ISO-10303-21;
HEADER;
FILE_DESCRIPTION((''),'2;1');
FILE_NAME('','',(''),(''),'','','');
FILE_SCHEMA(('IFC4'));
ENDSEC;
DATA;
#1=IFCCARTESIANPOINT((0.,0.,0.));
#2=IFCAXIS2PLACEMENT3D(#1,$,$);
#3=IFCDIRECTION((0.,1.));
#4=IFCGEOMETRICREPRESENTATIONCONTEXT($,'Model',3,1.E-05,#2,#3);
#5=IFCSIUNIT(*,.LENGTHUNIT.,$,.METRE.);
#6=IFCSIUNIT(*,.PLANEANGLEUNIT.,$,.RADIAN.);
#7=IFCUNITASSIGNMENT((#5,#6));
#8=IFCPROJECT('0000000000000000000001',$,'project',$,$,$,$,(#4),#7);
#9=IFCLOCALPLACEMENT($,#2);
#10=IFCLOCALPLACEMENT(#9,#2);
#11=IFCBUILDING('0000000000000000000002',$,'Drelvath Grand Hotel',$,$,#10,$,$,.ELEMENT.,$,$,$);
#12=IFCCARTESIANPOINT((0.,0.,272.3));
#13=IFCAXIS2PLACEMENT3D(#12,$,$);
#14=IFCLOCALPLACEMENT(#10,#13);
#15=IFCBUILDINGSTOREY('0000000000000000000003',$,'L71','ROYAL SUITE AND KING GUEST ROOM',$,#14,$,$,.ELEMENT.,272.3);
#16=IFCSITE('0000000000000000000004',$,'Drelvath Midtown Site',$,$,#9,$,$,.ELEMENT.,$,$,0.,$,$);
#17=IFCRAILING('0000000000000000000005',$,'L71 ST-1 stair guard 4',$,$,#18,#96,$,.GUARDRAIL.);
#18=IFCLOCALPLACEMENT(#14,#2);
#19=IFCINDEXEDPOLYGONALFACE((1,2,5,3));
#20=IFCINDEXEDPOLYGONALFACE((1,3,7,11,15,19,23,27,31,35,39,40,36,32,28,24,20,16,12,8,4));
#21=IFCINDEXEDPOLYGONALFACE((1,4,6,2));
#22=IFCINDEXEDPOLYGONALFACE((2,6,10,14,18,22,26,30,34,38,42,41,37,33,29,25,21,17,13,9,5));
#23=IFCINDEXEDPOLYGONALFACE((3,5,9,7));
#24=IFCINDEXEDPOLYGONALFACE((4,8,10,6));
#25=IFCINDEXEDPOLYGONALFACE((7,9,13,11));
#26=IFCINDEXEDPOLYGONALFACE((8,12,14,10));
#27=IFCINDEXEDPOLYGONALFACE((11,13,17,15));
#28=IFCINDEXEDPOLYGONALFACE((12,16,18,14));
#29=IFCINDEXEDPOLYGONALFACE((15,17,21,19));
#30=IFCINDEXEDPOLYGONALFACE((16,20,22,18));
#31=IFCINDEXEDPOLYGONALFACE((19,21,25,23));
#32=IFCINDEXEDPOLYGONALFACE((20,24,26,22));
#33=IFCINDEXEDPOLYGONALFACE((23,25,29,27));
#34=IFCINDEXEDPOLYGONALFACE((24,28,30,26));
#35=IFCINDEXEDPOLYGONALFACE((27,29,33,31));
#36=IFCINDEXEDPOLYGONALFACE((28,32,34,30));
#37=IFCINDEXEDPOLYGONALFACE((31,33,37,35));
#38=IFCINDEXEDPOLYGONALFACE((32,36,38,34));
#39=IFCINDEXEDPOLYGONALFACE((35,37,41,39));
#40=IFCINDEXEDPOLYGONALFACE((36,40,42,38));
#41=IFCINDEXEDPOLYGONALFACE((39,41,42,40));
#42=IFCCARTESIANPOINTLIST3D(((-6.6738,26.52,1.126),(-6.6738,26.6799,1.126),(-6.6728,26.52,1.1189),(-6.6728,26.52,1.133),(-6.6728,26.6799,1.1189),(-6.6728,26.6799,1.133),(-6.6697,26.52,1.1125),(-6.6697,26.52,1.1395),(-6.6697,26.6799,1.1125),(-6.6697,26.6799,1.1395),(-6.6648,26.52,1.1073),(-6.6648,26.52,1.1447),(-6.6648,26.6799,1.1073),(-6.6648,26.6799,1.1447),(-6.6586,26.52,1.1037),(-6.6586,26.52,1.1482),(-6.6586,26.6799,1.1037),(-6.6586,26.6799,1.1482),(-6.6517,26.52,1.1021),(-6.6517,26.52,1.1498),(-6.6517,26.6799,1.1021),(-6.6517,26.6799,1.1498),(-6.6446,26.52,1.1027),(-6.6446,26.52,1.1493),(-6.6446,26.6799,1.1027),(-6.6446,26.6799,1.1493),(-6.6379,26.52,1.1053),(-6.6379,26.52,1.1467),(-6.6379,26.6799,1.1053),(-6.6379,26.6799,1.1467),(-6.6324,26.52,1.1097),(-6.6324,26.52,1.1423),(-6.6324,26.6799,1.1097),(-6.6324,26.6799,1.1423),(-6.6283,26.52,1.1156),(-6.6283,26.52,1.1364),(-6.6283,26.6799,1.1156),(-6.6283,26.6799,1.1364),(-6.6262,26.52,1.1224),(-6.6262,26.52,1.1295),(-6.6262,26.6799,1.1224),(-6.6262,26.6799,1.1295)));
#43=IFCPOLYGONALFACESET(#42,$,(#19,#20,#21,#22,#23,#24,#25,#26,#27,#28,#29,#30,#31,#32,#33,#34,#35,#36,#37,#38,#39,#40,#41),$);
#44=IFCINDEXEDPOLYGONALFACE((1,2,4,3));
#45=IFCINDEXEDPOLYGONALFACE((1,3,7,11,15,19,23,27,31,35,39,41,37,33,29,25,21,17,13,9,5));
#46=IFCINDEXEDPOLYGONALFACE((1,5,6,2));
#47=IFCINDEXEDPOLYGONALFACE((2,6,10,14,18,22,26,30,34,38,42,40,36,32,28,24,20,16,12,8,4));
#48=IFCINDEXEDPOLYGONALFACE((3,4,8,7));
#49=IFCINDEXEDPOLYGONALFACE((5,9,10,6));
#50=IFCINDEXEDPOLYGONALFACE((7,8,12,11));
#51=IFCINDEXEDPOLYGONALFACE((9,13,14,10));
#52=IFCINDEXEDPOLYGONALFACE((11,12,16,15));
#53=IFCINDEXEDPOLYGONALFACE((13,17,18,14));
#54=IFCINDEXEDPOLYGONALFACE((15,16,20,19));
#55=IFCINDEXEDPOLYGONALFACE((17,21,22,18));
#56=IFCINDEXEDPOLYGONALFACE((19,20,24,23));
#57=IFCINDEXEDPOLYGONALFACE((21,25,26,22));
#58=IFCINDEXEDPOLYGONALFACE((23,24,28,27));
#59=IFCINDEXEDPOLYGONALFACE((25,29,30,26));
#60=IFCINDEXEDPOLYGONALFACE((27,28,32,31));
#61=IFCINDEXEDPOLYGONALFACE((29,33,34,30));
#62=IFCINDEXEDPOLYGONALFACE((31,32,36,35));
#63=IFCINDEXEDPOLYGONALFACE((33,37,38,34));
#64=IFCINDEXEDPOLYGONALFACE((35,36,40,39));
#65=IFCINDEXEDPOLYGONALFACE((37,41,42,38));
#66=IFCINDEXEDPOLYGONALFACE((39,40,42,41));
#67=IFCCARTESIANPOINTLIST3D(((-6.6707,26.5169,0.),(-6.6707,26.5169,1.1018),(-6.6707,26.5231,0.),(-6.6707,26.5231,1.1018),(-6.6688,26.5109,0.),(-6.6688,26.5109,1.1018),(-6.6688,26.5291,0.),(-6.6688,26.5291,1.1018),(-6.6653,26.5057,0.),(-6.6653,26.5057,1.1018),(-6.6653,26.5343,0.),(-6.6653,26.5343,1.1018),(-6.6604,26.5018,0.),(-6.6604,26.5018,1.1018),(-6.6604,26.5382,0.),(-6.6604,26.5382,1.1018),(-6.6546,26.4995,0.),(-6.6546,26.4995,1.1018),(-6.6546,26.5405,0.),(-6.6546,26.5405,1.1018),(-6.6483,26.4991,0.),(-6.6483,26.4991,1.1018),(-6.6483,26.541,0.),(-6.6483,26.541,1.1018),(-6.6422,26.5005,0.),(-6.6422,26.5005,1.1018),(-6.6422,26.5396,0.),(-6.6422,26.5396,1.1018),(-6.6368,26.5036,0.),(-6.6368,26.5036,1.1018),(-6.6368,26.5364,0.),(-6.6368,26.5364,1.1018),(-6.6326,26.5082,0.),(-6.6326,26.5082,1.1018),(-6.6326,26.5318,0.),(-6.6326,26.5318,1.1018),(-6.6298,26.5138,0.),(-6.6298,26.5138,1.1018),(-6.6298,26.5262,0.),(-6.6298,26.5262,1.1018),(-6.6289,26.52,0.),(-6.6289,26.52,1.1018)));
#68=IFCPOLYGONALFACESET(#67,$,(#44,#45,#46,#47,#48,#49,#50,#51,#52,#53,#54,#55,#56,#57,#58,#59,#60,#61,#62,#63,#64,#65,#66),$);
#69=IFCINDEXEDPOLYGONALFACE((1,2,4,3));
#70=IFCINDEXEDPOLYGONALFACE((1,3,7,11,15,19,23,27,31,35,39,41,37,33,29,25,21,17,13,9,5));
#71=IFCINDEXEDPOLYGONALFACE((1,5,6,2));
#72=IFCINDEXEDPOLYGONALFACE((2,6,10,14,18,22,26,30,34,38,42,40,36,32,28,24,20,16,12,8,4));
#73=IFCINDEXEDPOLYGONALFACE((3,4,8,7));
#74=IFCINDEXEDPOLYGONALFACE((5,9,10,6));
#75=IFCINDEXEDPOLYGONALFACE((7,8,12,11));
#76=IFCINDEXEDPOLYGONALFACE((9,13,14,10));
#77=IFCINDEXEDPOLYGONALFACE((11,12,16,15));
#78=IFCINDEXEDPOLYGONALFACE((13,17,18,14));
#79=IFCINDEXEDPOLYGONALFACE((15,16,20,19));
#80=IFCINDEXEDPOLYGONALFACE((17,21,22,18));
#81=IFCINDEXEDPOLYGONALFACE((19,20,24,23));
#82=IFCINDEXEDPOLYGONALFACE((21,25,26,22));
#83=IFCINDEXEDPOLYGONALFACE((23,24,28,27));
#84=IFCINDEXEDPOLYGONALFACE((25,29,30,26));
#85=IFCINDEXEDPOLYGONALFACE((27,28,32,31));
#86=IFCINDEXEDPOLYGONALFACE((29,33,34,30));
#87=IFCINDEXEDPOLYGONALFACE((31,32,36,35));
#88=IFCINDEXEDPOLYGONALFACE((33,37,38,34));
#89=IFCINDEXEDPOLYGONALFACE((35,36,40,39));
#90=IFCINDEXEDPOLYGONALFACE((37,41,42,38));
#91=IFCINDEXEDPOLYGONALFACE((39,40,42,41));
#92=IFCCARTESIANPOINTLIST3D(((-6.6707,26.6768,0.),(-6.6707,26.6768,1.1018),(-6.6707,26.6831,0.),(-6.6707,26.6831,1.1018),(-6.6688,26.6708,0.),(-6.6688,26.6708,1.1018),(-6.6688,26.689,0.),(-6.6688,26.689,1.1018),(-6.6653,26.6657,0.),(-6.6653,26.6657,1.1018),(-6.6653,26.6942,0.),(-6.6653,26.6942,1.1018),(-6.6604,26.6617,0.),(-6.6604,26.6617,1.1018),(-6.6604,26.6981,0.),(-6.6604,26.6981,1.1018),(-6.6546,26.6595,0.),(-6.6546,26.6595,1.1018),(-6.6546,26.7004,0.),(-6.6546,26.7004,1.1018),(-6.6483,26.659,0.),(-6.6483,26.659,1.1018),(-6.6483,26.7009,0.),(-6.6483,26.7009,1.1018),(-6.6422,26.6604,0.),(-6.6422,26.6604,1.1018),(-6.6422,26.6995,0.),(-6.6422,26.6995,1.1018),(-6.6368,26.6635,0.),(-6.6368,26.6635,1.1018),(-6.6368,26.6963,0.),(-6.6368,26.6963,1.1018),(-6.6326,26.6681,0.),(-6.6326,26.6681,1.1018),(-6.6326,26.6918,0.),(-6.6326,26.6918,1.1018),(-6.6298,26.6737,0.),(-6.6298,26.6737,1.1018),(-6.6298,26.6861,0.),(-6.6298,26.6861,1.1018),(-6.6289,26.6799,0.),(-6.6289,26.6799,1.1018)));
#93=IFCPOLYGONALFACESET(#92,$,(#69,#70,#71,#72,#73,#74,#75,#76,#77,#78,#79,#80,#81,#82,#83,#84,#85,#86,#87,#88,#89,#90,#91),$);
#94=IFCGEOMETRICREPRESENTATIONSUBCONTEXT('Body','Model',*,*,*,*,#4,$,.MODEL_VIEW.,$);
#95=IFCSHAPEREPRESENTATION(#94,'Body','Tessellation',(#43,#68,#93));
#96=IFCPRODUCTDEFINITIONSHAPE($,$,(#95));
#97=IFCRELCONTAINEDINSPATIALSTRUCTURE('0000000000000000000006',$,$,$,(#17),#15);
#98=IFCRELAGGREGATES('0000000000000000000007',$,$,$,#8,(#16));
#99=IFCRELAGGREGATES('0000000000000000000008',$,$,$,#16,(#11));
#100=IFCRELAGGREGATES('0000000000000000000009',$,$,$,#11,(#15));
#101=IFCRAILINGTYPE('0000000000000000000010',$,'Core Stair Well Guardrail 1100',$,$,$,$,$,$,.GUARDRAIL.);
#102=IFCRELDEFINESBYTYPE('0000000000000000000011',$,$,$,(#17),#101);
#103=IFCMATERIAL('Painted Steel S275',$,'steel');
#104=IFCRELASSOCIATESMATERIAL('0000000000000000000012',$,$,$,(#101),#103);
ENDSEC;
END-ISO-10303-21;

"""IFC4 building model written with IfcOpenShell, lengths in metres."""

from ifc_helpers import new_model, si_unit, direction, frame, origin, origin_2d, place, context, subcontext, project, spatial, circle, extrude, material, type_object, element, save


model = new_model("IFC4")

# Units and contexts
model_context = context("Model", 3, precision=1e-05, world=origin(), true_north=direction((0.0, 1.0)))
body_context = subcontext(model_context, "Body", "Model", "MODEL_VIEW")
ifc_project = project(units=[si_unit("LENGTHUNIT", "METRE"), si_unit("PLANEANGLEUNIT", "RADIAN")], contexts=[model_context])

# Site, building, storey
site_placement = place(None, origin())
site = spatial("IfcSite", under=ifc_project, at=site_placement, Name="Drelvath Midtown Site", CompositionType="ELEMENT", RefElevation=0.0)
building_placement = place(site_placement, origin())
building = spatial("IfcBuilding", under=site, at=building_placement, Name="Drelvath Grand Hotel", CompositionType="ELEMENT")
storey_placement = place(building_placement, frame((0.0, 0.0, 272.3)))
storey = spatial("IfcBuildingStorey", under=building, at=storey_placement, Name="L71", Description="ROYAL SUITE AND KING GUEST ROOM", CompositionType="ELEMENT", Elevation=272.3)

# Shared definitions
ifc_material_1 = material(Name="Painted Steel S275", Category="steel")

# Railing
railing_type_1 = type_object("IfcRailingType", Name="Core Stair Well Guardrail 1100", PredefinedType="GUARDRAIL", material=ifc_material_1)
railing_1_placement = place(storey_placement, frame((-6.6499, 26.52, 0.0)))
element("IfcRailing", 1, at=railing_1_placement, inside=storey, type_object=railing_type_1, Name="L71 ST-1 stair guard 4", PredefinedType="GUARDRAIL", context=body_context, shape_type="SweptSolid", body=[
    extrude(circle(Radius=0.0239, at=origin_2d()), frame((0.0, 0.0, 1.126), z_axis=(0.0, 1.0, 0.0), x_axis=(-1.0, 0.0, 0.0)), (0.0, 0.0, 1.0), 0.1599),
    extrude(circle(Radius=0.021, at=origin_2d()), origin(), (0.0, 0.0, 1.0), 1.1018),
    extrude(circle(Radius=0.021, at=origin_2d()), frame((0.0, 0.1599, 0.0)), (0.0, 0.0, 1.0), 1.1018),
])

save(model, "model.ifc")
